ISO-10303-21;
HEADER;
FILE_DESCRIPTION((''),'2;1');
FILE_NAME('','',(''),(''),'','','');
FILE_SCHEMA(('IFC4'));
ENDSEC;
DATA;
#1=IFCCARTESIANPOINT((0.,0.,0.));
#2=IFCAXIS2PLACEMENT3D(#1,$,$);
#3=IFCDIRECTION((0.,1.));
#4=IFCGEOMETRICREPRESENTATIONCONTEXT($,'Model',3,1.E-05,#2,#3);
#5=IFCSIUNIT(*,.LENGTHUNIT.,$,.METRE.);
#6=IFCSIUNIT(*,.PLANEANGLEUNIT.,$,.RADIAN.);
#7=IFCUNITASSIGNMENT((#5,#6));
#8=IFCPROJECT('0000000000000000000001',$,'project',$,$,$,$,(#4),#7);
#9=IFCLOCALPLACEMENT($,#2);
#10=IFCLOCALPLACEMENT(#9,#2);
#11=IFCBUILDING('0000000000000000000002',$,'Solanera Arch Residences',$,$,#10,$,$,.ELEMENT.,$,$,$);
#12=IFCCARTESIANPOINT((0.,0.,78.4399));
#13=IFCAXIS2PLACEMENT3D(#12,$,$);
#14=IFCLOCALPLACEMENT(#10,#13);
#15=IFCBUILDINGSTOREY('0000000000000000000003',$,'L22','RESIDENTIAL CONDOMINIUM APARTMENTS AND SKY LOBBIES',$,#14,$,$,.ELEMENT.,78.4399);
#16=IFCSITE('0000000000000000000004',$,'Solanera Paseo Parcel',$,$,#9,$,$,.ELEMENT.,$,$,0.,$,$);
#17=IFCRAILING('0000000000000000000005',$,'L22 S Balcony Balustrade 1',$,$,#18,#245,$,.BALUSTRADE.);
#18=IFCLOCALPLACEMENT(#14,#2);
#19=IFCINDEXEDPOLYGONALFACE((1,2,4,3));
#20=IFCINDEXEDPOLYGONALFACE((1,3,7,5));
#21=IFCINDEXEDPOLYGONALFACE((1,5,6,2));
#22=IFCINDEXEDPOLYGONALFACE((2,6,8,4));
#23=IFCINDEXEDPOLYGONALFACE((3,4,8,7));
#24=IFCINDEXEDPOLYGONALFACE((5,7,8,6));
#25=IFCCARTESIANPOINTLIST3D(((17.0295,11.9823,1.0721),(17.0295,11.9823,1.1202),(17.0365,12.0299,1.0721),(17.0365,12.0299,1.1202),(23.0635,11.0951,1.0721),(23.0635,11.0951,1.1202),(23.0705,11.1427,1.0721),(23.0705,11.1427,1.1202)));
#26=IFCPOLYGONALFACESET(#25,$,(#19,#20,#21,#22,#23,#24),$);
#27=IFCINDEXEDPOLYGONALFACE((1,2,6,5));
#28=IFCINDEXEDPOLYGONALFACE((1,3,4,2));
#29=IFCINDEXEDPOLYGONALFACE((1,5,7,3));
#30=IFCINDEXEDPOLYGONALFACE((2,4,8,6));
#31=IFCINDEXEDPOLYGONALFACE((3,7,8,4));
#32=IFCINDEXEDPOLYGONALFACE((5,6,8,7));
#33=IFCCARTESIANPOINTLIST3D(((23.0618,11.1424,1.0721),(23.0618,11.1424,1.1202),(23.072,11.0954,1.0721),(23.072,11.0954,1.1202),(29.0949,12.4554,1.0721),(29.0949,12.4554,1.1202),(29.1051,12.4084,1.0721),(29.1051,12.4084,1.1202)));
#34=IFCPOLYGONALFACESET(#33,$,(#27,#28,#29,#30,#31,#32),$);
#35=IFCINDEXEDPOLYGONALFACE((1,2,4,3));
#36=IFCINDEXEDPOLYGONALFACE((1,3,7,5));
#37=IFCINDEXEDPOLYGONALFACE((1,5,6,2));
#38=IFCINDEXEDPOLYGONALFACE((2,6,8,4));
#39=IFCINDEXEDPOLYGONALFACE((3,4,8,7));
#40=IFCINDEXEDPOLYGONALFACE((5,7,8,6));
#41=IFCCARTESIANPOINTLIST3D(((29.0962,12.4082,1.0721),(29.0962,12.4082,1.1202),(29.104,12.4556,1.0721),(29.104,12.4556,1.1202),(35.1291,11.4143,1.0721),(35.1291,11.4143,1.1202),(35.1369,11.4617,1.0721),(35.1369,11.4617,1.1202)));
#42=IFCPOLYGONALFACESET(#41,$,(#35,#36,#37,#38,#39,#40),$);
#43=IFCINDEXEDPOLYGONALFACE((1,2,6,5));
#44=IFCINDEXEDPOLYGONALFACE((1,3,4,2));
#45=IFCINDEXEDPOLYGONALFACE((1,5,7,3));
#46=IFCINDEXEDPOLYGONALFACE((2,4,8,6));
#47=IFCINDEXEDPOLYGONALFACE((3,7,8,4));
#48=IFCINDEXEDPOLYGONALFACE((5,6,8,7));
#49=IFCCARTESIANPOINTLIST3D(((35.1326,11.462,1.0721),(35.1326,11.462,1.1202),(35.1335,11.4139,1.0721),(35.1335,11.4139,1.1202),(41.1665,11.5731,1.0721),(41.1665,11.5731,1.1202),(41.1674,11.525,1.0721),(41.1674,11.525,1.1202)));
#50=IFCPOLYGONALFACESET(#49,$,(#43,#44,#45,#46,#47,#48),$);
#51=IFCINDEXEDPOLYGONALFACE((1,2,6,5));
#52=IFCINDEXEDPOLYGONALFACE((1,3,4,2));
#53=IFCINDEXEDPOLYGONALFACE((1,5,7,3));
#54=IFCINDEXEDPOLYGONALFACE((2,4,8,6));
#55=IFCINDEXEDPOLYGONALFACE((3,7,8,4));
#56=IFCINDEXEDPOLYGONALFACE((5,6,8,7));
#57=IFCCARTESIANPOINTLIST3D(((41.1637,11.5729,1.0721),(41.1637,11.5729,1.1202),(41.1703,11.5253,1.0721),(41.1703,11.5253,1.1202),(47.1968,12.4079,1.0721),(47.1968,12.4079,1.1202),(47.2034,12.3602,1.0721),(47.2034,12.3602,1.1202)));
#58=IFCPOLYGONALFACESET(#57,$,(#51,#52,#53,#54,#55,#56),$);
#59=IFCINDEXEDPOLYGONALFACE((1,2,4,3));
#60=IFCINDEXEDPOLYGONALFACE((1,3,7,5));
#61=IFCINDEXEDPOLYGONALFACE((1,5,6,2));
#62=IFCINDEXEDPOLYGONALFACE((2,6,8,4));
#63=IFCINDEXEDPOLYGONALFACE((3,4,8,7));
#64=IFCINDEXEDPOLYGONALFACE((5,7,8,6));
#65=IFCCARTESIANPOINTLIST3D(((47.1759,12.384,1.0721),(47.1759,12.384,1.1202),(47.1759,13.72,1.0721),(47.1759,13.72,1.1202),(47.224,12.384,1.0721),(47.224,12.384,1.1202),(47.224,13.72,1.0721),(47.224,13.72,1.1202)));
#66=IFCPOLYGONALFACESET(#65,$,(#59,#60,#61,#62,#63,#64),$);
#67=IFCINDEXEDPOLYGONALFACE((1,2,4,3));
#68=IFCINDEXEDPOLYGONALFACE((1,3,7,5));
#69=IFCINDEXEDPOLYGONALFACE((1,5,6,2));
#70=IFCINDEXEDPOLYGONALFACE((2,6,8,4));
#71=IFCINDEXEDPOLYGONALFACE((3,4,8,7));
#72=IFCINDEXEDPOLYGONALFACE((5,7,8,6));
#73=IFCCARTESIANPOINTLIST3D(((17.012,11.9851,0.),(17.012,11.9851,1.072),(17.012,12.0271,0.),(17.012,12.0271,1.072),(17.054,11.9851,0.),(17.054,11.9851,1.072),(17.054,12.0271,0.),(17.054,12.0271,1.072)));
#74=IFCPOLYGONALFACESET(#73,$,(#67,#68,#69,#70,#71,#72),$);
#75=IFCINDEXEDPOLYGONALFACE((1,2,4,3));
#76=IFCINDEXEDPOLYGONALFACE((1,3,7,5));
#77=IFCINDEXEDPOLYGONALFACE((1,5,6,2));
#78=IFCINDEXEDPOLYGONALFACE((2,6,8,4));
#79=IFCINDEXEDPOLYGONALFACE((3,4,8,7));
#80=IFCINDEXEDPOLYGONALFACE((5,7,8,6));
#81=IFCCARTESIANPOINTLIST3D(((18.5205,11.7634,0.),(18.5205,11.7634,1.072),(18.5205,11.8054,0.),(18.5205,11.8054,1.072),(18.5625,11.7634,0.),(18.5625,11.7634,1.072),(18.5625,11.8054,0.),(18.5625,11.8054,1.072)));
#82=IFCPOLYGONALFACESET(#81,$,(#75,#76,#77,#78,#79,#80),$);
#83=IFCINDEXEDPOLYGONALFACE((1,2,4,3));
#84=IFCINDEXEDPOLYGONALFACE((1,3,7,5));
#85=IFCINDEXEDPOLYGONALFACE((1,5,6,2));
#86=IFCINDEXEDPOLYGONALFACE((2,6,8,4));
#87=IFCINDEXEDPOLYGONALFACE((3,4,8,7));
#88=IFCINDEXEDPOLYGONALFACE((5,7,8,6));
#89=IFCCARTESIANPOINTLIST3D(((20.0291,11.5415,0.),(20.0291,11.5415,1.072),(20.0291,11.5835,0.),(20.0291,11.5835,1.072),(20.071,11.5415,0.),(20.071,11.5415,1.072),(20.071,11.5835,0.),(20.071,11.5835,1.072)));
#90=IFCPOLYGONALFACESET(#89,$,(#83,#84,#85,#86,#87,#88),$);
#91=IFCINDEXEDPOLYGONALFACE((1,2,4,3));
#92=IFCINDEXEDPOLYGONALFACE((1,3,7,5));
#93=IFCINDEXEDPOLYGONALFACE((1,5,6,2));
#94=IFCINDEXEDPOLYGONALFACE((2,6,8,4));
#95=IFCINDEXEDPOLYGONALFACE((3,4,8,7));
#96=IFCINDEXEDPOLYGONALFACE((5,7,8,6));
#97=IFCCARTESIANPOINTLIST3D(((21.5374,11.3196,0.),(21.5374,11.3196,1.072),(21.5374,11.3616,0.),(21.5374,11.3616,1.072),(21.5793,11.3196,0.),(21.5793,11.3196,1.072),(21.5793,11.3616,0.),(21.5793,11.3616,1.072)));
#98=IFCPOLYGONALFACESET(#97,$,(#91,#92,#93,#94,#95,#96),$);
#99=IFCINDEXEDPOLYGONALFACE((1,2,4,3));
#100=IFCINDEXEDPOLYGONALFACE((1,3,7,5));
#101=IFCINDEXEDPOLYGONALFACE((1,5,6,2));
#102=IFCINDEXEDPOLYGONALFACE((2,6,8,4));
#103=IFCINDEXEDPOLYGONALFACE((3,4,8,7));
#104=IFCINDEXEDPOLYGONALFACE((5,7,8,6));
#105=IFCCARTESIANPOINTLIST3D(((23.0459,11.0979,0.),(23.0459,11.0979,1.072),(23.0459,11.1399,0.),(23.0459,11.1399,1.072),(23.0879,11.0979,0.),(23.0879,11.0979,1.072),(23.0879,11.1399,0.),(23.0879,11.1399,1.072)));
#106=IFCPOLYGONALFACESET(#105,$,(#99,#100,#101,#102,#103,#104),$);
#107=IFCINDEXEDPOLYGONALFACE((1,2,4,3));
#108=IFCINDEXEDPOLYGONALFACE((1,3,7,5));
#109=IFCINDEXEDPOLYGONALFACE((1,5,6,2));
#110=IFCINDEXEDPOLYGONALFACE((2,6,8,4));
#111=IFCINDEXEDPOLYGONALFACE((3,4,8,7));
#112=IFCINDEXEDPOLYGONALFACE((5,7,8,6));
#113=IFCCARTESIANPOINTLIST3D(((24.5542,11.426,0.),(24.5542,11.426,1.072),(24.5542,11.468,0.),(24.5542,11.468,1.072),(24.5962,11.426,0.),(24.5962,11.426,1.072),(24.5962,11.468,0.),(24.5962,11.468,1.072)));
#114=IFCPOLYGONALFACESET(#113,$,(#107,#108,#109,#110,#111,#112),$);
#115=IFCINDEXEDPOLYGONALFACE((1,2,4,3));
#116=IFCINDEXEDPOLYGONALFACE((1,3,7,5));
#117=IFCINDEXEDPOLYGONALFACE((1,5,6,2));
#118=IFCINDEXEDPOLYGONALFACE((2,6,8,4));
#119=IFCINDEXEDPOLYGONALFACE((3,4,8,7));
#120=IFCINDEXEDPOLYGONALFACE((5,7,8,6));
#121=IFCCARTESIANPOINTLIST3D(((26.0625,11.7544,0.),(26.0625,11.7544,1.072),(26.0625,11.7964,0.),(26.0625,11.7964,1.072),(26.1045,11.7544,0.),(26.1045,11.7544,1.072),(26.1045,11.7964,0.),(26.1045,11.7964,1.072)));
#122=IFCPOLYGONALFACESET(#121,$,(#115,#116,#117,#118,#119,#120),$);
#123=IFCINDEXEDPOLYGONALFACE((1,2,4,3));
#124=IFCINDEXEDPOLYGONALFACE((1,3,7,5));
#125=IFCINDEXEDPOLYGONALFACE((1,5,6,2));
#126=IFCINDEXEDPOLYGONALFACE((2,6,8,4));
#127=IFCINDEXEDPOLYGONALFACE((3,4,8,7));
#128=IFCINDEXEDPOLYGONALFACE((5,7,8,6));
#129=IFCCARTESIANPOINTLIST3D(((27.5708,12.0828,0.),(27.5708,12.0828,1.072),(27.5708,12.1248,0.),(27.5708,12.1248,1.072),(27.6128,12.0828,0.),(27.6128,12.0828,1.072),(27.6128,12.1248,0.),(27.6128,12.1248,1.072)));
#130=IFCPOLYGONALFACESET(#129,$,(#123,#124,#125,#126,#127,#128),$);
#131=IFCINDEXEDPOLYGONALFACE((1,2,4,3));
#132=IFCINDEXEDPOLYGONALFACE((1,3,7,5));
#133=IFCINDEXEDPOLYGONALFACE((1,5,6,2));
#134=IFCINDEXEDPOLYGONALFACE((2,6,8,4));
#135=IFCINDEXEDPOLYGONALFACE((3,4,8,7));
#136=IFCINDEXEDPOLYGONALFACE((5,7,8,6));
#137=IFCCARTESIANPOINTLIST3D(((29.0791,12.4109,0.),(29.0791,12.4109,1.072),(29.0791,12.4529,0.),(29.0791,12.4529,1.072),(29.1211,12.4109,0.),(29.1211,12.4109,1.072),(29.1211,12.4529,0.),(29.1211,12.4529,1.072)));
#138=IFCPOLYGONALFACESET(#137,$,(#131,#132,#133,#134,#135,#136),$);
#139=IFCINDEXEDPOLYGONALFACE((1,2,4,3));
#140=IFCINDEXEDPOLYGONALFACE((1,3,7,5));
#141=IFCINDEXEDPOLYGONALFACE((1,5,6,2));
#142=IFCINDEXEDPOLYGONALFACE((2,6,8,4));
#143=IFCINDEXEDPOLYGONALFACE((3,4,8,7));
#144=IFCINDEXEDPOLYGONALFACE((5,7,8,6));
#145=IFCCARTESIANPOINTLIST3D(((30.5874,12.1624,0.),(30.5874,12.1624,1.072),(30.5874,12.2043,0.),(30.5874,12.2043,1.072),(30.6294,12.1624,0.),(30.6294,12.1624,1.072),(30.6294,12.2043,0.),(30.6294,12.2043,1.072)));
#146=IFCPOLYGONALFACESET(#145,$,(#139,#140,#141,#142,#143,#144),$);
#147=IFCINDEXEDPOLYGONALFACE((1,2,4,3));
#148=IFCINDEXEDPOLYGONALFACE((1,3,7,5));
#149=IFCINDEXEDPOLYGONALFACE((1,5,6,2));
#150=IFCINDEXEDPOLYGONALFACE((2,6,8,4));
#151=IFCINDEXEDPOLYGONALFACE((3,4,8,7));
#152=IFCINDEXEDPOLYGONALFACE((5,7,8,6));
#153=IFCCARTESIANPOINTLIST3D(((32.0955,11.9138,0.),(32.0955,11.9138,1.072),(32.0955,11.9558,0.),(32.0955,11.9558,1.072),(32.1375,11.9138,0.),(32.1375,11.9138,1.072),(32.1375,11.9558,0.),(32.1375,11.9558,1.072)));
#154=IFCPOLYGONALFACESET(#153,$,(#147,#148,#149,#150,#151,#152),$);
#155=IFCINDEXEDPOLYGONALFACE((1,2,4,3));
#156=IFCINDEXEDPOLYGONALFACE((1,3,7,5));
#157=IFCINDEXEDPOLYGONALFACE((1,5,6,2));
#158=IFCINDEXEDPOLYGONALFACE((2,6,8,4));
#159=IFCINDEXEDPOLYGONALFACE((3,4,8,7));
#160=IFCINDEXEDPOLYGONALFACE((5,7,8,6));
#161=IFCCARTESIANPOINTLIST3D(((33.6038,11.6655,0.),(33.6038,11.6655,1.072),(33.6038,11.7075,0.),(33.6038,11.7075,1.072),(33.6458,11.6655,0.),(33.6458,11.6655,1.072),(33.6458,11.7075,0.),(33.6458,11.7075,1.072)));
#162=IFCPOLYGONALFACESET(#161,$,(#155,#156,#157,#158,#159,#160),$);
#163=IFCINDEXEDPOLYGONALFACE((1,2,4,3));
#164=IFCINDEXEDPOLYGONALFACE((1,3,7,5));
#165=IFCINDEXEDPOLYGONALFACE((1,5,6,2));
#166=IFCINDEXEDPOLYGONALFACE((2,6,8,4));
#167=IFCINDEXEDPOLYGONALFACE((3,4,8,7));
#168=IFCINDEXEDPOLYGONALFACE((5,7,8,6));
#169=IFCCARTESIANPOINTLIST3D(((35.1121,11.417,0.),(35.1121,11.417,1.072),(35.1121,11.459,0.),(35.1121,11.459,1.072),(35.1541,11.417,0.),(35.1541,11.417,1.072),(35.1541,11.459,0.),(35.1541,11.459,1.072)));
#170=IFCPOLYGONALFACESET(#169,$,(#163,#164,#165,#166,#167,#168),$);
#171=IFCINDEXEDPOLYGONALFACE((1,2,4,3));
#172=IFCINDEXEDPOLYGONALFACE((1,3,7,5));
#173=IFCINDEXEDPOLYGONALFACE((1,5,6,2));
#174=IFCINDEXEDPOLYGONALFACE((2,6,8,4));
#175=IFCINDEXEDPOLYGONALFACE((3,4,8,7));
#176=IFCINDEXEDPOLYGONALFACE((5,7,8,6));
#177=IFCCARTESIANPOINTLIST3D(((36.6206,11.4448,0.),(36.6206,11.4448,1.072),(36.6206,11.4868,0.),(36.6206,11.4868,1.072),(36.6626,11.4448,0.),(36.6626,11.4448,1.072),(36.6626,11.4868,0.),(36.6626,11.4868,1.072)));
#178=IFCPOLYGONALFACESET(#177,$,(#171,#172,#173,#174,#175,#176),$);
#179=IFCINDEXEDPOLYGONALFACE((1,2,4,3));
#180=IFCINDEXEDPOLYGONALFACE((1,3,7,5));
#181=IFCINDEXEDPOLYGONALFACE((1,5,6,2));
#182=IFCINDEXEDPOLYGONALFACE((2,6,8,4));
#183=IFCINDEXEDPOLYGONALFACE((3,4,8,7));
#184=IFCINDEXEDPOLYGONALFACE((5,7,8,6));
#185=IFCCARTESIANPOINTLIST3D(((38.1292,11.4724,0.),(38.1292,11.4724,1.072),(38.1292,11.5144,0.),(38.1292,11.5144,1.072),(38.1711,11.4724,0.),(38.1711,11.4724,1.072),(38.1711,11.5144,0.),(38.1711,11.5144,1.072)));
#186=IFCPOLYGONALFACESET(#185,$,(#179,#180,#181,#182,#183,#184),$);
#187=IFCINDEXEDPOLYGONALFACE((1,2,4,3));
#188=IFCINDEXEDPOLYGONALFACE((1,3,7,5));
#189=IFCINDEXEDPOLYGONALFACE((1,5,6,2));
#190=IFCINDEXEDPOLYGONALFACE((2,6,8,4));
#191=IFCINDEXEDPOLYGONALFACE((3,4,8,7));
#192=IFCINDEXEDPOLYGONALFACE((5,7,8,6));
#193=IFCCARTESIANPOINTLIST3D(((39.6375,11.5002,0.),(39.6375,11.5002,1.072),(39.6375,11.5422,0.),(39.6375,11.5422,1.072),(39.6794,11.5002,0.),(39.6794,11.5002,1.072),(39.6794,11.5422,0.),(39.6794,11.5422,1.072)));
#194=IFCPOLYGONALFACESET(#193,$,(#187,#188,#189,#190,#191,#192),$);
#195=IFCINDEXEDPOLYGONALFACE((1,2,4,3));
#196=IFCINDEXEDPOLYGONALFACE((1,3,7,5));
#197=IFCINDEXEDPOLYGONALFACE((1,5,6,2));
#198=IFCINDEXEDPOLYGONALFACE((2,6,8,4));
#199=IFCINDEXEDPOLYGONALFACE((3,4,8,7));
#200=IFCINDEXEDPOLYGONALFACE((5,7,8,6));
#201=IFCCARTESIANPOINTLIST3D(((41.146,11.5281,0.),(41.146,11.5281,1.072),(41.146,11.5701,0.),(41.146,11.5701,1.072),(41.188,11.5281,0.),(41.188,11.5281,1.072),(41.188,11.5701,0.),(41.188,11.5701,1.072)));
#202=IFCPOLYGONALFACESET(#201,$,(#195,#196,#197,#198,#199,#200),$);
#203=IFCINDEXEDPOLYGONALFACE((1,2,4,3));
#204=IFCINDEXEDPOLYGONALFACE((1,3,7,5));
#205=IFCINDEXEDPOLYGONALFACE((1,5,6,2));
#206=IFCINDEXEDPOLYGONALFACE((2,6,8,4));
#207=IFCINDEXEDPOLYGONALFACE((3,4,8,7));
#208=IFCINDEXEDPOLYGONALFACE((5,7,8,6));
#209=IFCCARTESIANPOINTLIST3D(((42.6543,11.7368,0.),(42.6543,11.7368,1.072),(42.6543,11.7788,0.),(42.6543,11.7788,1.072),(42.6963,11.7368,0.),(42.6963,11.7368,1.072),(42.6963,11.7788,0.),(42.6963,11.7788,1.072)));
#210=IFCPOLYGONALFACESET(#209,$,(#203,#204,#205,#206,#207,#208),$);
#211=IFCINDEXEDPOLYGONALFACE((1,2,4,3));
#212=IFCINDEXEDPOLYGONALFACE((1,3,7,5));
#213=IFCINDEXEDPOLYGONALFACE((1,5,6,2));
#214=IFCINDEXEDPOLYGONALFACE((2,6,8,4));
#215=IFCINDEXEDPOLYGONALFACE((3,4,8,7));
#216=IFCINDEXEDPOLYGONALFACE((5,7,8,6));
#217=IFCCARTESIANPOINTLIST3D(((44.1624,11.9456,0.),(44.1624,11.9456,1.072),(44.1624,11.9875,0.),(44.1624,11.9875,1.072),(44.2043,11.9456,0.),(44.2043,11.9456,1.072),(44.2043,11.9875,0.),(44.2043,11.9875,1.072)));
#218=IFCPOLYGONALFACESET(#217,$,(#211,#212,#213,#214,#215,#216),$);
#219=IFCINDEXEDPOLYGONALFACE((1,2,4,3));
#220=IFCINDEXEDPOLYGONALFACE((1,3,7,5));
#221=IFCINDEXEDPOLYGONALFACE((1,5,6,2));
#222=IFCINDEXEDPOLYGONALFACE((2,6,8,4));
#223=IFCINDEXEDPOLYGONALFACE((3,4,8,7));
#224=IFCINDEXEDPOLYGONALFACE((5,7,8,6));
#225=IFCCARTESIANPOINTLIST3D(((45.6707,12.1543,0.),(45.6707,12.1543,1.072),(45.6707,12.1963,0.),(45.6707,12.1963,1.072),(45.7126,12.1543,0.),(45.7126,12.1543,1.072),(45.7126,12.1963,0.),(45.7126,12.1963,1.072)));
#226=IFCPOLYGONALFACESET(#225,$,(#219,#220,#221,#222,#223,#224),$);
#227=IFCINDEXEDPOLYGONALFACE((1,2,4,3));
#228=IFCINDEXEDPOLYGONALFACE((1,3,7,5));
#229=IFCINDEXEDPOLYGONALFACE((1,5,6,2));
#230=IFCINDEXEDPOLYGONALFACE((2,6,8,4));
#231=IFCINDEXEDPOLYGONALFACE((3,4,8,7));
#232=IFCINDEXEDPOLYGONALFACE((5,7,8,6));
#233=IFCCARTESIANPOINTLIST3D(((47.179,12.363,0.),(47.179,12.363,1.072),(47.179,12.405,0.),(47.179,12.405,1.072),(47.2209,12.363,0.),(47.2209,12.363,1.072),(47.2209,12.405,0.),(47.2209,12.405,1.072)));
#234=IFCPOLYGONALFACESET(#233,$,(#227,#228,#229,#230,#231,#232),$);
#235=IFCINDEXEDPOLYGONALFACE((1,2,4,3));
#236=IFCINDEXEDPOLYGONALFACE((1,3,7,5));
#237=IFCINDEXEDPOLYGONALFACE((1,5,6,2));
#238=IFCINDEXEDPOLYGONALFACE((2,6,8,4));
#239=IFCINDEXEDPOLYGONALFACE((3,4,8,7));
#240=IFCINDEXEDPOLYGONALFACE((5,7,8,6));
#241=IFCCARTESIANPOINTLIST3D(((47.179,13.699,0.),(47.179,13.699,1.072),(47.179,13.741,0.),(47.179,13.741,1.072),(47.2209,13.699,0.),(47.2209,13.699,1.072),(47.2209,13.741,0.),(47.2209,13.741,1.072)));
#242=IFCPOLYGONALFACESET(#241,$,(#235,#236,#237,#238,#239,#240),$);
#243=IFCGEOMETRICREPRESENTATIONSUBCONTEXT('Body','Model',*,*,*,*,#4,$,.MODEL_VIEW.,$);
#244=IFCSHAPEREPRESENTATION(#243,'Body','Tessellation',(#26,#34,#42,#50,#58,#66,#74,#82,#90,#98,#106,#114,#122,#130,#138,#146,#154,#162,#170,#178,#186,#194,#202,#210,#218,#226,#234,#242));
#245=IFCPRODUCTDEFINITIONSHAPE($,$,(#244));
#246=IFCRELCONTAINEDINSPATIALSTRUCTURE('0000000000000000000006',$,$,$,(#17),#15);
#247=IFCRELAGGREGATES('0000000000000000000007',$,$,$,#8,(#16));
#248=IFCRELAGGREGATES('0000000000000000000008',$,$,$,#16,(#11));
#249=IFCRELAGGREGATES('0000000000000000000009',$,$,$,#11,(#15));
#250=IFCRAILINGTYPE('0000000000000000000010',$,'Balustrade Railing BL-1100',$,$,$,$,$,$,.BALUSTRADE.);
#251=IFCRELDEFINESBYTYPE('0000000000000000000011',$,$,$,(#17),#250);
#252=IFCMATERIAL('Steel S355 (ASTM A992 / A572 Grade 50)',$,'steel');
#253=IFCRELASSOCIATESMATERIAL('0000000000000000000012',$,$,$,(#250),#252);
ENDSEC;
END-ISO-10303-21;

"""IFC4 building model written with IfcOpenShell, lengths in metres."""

from ifc_helpers import new_model, si_unit, direction, frame, origin, origin_2d, place, context, subcontext, project, spatial, rectangle, extrude, material, type_object, element, save


model = new_model("IFC4")

# Units and contexts
model_context = context("Model", 3, precision=1e-05, world=origin(), true_north=direction((0.0, 1.0)))
body_context = subcontext(model_context, "Body", "Model", "MODEL_VIEW")
ifc_project = project(units=[si_unit("LENGTHUNIT", "METRE"), si_unit("PLANEANGLEUNIT", "RADIAN")], contexts=[model_context])

# Site, building, storey
site_placement = place(None, origin())
site = spatial("IfcSite", under=ifc_project, at=site_placement, Name="Solanera Paseo Parcel", CompositionType="ELEMENT", RefElevation=0.0)
building_placement = place(site_placement, origin())
building = spatial("IfcBuilding", under=site, at=building_placement, Name="Solanera Arch Residences", CompositionType="ELEMENT")
storey_placement = place(building_placement, frame((0.0, 0.0, 78.4399)))
storey = spatial("IfcBuildingStorey", under=building, at=storey_placement, Name="L22", Description="RESIDENTIAL CONDOMINIUM APARTMENTS AND SKY LOBBIES", CompositionType="ELEMENT", Elevation=78.4399)

# Railing
ifc_material_1 = material(Name="Steel S355 (ASTM A992 / A572 Grade 50)", Category="steel")
railing_type = type_object("IfcRailingType", Name="Balustrade Railing BL-1100", PredefinedType="BALUSTRADE", material=ifc_material_1)
railing_placement = place(storey_placement, frame((17.033, 12.0061, 0.0)))
element("IfcRailing", 1, at=railing_placement, inside=storey, type_object=railing_type, Name="L22 S Balcony Balustrade 1", PredefinedType="BALUSTRADE", context=body_context, shape_type="SweptSolid", body=[
    extrude(rectangle(XDim=0.0481, YDim=0.0481, at=origin_2d()), frame((0.0, 0.0, 1.0962), z_axis=(0.989362, -0.145472, 0.0), x_axis=(0.145472, 0.989362, 0.0)), (0.0, 0.0, 1.0), 6.0989),
    extrude(rectangle(XDim=0.0481, YDim=0.0481, at=origin_2d()), frame((6.0339, -0.8872, 1.0962), z_axis=(0.977129, 0.21265, 0.0), x_axis=(-0.21265, 0.977129, 0.0)), (0.0, 0.0, 1.0), 6.1743),
    extrude(rectangle(XDim=0.0481, YDim=0.0481, at=origin_2d()), frame((12.0671, 0.4258, 1.0962), z_axis=(0.9867, -0.162553, 0.0), x_axis=(0.162553, 0.9867, 0.0)), (0.0, 0.0, 1.0), 6.1143),
    extrude(rectangle(XDim=0.0481, YDim=0.0481, at=origin_2d()), frame((18.1001, -0.5681, 1.0962), z_axis=(0.999831, 0.018407, 0.0), x_axis=(-0.018407, 0.999831, 0.0)), (0.0, 0.0, 1.0), 6.0349),
    extrude(rectangle(XDim=0.0481, YDim=0.0481, at=origin_2d()), frame((24.134, -0.457, 1.0962), z_axis=(0.990558, 0.137093, 0.0), x_axis=(-0.137093, 0.990558, 0.0)), (0.0, 0.0, 1.0), 6.0906),
    extrude(rectangle(XDim=0.0481, YDim=0.0481, at=origin_2d()), frame((30.167, 0.3779, 1.0962), z_axis=(0.0, 1.0, 0.0), x_axis=(-1.0, 0.0, 0.0)), (0.0, 0.0, 1.0), 1.3359),
    extrude(rectangle(XDim=0.042, YDim=0.042, at=origin_2d()), origin(), (0.0, 0.0, 1.0), 1.072),
    extrude(rectangle(XDim=0.042, YDim=0.042, at=origin_2d()), frame((1.5085, -0.2217, 0.0)), (0.0, 0.0, 1.0), 1.072),
    extrude(rectangle(XDim=0.042, YDim=0.042, at=origin_2d()), frame((3.0171, -0.4436, 0.0)), (0.0, 0.0, 1.0), 1.072),
    extrude(rectangle(XDim=0.042, YDim=0.042, at=origin_2d()), frame((4.5254, -0.6655, 0.0)), (0.0, 0.0, 1.0), 1.072),
    extrude(rectangle(XDim=0.042, YDim=0.042, at=origin_2d()), frame((6.0339, -0.8872, 0.0)), (0.0, 0.0, 1.0), 1.072),
    extrude(rectangle(XDim=0.042, YDim=0.042, at=origin_2d()), frame((7.5422, -0.5591, 0.0)), (0.0, 0.0, 1.0), 1.072),
    extrude(rectangle(XDim=0.042, YDim=0.042, at=origin_2d()), frame((9.0505, -0.2307, 0.0)), (0.0, 0.0, 1.0), 1.072),
    extrude(rectangle(XDim=0.042, YDim=0.042, at=origin_2d()), frame((10.5588, 0.0977, 0.0)), (0.0, 0.0, 1.0), 1.072),
    extrude(rectangle(XDim=0.042, YDim=0.042, at=origin_2d()), frame((12.0671, 0.4258, 0.0)), (0.0, 0.0, 1.0), 1.072),
    extrude(rectangle(XDim=0.042, YDim=0.042, at=origin_2d()), frame((13.5754, 0.1772, 0.0)), (0.0, 0.0, 1.0), 1.072),
    extrude(rectangle(XDim=0.042, YDim=0.042, at=origin_2d()), frame((15.0835, -0.0713, 0.0)), (0.0, 0.0, 1.0), 1.072),
    extrude(rectangle(XDim=0.042, YDim=0.042, at=origin_2d()), frame((16.5918, -0.3196, 0.0)), (0.0, 0.0, 1.0), 1.072),
    extrude(rectangle(XDim=0.042, YDim=0.042, at=origin_2d()), frame((18.1001, -0.5681, 0.0)), (0.0, 0.0, 1.0), 1.072),
    extrude(rectangle(XDim=0.042, YDim=0.042, at=origin_2d()), frame((19.6086, -0.5403, 0.0)), (0.0, 0.0, 1.0), 1.072),
    extrude(rectangle(XDim=0.042, YDim=0.042, at=origin_2d()), frame((21.1172, -0.5127, 0.0)), (0.0, 0.0, 1.0), 1.072),
    extrude(rectangle(XDim=0.042, YDim=0.042, at=origin_2d()), frame((22.6255, -0.4849, 0.0)), (0.0, 0.0, 1.0), 1.072),
    extrude(rectangle(XDim=0.042, YDim=0.042, at=origin_2d()), frame((24.134, -0.457, 0.0)), (0.0, 0.0, 1.0), 1.072),
    extrude(rectangle(XDim=0.042, YDim=0.042, at=origin_2d()), frame((25.6423, -0.2483, 0.0)), (0.0, 0.0, 1.0), 1.072),
    extrude(rectangle(XDim=0.042, YDim=0.042, at=origin_2d()), frame((27.1504, -0.0396, 0.0)), (0.0, 0.0, 1.0), 1.072),
    extrude(rectangle(XDim=0.042, YDim=0.042, at=origin_2d()), frame((28.6587, 0.1692, 0.0)), (0.0, 0.0, 1.0), 1.072),
    extrude(rectangle(XDim=0.042, YDim=0.042, at=origin_2d()), frame((30.167, 0.3779, 0.0)), (0.0, 0.0, 1.0), 1.072),
    extrude(rectangle(XDim=0.042, YDim=0.042, at=origin_2d()), frame((30.167, 1.7139, 0.0)), (0.0, 0.0, 1.0), 1.072),
])

save(model, "model.ifc")
